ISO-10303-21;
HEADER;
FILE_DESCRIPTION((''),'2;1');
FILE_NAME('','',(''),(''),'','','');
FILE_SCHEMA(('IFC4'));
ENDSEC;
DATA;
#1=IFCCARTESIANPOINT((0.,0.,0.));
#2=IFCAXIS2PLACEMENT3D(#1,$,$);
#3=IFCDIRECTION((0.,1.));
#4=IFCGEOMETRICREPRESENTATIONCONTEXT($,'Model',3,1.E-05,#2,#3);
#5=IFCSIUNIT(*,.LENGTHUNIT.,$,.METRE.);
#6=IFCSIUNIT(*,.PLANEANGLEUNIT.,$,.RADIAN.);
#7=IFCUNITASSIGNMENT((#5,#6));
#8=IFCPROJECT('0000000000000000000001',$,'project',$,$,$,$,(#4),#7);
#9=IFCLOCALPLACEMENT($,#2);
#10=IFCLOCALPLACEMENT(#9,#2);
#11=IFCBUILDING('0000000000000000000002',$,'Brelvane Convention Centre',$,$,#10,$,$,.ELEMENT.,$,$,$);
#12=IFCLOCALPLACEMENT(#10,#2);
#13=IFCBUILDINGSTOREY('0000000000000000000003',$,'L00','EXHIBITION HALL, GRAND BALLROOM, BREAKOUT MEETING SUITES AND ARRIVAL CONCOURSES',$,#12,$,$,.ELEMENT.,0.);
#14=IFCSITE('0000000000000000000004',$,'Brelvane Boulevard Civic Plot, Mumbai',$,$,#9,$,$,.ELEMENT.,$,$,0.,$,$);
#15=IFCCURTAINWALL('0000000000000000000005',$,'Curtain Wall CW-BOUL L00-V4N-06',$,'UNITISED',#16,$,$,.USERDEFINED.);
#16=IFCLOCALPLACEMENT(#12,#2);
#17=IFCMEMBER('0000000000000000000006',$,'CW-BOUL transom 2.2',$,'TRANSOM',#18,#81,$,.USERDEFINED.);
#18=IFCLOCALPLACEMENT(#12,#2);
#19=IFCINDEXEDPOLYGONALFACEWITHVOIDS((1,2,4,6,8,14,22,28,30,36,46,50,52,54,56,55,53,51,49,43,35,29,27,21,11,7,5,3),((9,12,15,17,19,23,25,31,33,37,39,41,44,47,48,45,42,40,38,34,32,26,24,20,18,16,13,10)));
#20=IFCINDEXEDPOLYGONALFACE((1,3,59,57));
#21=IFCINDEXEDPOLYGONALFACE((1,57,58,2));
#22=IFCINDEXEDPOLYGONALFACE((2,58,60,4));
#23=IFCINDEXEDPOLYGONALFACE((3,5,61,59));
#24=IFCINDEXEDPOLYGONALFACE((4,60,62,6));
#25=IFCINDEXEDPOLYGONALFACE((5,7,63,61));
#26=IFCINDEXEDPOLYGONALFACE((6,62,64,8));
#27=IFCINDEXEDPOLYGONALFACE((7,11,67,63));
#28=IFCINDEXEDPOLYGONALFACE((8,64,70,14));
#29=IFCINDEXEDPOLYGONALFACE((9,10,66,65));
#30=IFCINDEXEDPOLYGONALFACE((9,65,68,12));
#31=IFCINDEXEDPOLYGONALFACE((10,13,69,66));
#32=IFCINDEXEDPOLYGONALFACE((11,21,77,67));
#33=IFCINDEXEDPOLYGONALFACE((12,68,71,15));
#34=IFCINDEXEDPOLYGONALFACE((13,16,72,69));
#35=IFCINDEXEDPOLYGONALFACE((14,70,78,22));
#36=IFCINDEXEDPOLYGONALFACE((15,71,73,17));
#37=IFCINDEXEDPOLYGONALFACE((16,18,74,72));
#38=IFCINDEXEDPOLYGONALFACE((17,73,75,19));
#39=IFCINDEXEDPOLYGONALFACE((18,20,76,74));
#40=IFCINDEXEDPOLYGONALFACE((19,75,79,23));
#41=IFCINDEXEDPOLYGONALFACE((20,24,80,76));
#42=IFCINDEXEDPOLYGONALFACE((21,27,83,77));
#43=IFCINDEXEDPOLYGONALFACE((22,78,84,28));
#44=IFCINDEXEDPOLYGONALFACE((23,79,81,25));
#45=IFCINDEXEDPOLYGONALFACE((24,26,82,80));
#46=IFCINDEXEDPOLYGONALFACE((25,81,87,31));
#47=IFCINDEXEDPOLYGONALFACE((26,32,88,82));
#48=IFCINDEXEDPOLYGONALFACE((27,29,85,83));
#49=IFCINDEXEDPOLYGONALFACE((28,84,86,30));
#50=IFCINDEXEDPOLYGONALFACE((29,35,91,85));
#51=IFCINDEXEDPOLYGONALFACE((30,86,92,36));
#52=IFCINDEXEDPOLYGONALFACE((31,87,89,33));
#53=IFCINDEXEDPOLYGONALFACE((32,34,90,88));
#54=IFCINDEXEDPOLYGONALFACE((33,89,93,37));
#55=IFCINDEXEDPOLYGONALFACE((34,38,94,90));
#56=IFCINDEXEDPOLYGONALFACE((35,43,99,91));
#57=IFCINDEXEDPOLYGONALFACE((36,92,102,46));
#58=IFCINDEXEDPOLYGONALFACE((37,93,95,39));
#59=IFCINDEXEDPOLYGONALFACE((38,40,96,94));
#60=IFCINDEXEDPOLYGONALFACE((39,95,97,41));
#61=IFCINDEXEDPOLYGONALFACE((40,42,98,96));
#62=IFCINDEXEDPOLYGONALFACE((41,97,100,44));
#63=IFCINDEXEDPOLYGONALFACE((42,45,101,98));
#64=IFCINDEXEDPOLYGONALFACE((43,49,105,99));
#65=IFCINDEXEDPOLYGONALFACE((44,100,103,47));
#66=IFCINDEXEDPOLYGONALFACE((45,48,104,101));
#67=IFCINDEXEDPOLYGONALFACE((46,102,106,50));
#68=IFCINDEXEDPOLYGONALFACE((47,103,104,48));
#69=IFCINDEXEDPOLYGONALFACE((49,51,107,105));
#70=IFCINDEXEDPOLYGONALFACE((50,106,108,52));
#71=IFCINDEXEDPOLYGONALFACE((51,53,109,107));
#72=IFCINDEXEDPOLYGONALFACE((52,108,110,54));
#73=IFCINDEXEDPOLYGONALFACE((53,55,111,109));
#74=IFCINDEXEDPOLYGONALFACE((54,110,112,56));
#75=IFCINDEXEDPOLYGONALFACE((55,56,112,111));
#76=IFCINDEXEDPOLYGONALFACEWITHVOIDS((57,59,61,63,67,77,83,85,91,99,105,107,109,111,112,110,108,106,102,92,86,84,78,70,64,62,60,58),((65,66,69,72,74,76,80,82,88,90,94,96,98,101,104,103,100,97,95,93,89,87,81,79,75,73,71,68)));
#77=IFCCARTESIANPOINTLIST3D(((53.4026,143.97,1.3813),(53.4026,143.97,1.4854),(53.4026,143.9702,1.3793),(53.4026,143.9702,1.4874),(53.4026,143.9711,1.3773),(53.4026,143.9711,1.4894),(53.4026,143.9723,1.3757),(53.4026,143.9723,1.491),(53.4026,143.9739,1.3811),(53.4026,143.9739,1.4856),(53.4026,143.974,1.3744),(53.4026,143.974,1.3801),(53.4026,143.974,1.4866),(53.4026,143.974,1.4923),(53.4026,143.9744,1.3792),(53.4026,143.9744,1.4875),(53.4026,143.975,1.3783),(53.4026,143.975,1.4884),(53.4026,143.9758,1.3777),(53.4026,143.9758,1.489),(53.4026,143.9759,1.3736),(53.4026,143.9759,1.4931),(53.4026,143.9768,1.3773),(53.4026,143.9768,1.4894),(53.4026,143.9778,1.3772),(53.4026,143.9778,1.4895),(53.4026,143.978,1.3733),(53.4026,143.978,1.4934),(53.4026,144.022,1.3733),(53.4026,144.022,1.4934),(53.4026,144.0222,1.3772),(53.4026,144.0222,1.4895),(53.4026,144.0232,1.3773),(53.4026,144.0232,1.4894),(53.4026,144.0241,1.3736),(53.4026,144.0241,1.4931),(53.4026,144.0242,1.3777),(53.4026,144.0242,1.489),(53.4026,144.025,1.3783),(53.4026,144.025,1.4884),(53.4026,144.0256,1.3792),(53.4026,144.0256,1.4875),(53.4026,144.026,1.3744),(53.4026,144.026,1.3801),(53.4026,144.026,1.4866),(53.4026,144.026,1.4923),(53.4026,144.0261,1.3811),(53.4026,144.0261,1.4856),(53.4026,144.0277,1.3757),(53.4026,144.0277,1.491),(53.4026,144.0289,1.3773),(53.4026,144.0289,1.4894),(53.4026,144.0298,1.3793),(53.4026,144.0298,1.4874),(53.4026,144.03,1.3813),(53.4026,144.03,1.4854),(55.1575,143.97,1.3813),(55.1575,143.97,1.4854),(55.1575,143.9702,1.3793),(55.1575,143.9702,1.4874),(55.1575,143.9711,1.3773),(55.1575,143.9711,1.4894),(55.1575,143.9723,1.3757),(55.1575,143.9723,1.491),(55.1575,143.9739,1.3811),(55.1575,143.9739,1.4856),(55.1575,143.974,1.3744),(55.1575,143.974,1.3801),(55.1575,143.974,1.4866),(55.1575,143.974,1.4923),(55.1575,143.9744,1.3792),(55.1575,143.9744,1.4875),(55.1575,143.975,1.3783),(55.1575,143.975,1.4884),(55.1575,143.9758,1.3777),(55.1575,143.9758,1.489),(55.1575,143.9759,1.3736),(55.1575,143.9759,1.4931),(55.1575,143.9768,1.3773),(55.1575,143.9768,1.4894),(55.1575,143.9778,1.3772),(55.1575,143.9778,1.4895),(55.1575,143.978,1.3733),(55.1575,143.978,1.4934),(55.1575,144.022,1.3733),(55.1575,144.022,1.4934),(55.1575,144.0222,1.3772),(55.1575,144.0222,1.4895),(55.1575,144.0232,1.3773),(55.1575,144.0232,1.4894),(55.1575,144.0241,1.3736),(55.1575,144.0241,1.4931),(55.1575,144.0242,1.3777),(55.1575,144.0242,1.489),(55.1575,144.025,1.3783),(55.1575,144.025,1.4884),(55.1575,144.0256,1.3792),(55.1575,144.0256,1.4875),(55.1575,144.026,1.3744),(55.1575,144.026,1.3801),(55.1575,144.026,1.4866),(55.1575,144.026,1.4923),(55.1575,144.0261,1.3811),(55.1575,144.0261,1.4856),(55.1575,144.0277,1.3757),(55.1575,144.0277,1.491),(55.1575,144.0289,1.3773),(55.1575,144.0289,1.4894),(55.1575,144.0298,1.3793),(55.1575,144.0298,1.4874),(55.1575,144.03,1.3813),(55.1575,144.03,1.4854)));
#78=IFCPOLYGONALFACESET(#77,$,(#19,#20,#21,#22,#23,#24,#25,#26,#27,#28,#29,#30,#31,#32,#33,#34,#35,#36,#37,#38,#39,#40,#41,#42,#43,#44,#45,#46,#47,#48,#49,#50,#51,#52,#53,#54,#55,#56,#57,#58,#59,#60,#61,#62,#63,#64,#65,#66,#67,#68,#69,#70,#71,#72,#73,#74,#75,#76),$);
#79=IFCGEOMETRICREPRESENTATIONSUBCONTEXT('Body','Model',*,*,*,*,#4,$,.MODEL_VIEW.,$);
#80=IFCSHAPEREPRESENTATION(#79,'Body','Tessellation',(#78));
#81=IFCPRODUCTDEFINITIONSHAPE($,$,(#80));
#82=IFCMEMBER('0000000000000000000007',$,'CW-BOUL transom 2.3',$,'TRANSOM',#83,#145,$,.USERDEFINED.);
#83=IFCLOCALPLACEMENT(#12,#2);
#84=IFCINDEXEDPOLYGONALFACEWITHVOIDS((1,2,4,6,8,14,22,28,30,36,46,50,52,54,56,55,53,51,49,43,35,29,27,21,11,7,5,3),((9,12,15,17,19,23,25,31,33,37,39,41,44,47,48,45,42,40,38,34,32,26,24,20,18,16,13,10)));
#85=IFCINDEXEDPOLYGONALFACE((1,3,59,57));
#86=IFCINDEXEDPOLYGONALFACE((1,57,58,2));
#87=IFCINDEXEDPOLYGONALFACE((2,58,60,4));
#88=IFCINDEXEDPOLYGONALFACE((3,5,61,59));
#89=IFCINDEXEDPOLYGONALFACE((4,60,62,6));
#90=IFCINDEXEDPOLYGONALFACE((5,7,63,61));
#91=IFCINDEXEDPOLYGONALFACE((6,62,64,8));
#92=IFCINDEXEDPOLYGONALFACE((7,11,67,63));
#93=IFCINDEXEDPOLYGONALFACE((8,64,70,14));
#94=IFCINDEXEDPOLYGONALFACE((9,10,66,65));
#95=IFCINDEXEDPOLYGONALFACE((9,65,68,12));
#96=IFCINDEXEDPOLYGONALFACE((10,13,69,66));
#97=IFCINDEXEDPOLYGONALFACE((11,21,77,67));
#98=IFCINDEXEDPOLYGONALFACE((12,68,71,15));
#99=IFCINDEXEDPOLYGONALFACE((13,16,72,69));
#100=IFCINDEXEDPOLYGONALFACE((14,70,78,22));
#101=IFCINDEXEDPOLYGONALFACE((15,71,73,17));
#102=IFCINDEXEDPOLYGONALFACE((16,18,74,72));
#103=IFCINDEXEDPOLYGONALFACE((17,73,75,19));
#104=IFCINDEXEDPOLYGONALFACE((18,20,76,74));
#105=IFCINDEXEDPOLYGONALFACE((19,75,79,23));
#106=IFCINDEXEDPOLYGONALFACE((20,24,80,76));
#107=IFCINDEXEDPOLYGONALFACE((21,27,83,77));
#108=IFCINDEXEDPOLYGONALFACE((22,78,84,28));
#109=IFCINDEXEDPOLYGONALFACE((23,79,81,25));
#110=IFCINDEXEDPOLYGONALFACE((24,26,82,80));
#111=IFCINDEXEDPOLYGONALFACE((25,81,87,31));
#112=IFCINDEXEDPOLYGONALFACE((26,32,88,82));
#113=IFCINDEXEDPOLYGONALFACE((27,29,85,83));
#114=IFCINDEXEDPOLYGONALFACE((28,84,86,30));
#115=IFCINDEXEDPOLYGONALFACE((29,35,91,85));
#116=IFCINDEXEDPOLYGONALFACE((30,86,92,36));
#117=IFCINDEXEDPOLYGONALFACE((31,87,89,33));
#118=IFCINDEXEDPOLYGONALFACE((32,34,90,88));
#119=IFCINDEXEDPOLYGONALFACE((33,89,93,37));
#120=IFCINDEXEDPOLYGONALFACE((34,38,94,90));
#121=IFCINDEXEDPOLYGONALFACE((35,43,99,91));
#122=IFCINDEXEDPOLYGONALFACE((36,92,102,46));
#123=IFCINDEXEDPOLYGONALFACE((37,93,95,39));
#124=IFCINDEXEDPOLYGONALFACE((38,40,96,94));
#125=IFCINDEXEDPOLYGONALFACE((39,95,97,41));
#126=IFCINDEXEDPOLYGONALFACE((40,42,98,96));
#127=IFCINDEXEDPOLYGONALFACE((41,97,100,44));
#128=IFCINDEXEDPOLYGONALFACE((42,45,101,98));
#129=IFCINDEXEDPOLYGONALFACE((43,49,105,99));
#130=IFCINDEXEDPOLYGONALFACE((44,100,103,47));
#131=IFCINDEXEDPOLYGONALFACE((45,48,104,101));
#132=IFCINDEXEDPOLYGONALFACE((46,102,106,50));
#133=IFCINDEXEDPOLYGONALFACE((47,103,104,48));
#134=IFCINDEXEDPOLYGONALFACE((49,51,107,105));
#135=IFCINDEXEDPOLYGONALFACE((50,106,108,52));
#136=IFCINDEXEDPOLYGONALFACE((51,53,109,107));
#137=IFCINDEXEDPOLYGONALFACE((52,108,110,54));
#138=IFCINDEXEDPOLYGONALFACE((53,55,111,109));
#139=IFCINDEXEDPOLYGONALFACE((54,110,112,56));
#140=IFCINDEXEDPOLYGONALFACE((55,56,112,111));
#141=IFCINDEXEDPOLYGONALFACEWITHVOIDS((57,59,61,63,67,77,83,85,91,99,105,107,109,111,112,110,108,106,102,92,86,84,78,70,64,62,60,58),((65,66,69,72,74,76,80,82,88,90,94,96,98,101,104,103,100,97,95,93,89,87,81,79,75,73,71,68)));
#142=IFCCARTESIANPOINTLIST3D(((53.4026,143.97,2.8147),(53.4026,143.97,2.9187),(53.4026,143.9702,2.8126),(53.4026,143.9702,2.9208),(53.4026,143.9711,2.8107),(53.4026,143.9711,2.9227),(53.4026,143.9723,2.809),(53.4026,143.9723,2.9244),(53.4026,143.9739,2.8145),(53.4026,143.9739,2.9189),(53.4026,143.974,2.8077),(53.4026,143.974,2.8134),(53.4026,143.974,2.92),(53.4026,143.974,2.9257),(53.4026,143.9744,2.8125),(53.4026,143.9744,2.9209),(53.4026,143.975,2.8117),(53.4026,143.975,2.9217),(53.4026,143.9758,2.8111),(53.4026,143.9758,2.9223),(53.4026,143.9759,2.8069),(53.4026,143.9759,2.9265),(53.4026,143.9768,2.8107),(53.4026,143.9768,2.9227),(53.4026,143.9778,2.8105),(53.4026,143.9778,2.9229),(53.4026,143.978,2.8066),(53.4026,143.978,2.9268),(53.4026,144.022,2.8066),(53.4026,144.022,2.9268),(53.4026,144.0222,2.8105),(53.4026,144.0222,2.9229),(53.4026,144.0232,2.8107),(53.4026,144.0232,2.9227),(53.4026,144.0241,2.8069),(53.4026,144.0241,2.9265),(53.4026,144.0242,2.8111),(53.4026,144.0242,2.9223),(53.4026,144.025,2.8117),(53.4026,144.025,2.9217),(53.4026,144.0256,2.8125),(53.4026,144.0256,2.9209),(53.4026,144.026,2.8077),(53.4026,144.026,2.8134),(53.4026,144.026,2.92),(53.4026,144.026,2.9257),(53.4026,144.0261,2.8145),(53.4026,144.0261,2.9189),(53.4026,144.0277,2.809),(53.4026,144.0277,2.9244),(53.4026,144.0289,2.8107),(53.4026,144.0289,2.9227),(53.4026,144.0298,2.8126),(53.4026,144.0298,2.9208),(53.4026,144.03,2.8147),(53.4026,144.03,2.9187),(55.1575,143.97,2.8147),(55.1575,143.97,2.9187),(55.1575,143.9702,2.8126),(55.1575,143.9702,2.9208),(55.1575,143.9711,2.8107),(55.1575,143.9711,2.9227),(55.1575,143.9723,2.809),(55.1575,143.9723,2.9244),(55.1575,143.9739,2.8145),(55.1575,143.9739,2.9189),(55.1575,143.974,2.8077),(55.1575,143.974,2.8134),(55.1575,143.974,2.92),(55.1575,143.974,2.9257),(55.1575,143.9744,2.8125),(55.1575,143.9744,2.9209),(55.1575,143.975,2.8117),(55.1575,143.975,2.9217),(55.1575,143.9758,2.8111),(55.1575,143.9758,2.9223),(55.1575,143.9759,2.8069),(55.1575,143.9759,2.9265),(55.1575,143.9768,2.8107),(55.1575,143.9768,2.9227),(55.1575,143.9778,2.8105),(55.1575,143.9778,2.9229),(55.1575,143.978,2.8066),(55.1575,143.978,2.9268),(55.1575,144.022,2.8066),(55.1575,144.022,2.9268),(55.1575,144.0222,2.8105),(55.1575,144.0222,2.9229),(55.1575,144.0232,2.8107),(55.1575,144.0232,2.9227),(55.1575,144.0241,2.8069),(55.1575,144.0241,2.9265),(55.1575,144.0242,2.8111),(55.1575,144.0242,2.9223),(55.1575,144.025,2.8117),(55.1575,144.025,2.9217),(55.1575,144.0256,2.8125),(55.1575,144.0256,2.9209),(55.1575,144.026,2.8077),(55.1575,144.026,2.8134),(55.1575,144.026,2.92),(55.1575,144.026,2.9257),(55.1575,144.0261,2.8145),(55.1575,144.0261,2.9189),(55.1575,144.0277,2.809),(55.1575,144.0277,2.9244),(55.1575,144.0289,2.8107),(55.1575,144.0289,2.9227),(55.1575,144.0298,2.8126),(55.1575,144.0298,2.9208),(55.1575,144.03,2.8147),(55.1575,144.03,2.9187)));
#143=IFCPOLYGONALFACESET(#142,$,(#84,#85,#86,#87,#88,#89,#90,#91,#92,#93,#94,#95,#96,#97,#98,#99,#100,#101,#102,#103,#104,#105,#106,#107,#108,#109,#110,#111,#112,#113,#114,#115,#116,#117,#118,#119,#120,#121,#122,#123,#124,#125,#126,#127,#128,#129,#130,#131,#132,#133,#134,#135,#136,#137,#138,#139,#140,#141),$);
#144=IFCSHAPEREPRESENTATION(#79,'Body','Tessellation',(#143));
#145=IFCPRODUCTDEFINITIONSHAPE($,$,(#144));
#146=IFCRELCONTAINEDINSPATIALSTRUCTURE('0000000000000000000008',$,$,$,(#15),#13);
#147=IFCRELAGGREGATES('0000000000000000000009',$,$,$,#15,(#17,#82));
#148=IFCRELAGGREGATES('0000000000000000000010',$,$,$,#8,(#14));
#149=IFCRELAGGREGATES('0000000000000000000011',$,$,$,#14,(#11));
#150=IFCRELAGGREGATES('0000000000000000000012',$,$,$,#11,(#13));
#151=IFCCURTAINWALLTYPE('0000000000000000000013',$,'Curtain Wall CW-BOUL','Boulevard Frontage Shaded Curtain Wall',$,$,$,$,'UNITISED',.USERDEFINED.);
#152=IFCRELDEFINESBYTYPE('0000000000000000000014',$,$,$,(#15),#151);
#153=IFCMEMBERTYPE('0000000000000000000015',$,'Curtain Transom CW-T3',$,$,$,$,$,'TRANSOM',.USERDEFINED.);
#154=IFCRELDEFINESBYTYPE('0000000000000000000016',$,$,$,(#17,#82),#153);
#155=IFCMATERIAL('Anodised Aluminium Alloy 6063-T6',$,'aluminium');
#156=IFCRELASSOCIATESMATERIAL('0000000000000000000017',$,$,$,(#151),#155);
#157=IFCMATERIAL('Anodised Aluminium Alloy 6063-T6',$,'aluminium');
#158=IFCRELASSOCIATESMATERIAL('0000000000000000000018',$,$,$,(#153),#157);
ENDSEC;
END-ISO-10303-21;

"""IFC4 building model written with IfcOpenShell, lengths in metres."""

from ifc_helpers import new_model, si_unit, direction, frame, origin, origin_2d, place, context, subcontext, project, spatial, hollow_rectangle, extrude, material, material_profile, profile_set, type_object, element, aggregate, save


model = new_model("IFC4")

# Units and contexts
model_context = context("Model", 3, precision=1e-05, world=origin(), true_north=direction((0.0, 1.0)))
body_context = subcontext(model_context, "Body", "Model", "MODEL_VIEW")
ifc_project = project(units=[si_unit("LENGTHUNIT", "METRE"), si_unit("PLANEANGLEUNIT", "RADIAN")], contexts=[model_context])

# Site, building, storey
site_placement = place(None, origin())
site = spatial("IfcSite", under=ifc_project, at=site_placement, Name="Brelvane Boulevard Civic Plot, Mumbai", CompositionType="ELEMENT", RefElevation=0.0)
building_placement = place(site_placement, origin())
building = spatial("IfcBuilding", under=site, at=building_placement, Name="Brelvane Convention Centre", CompositionType="ELEMENT")
storey_placement = place(building_placement, origin())
storey = spatial("IfcBuildingStorey", under=building, at=storey_placement, Name="L00", Description="EXHIBITION HALL, GRAND BALLROOM, BREAKOUT MEETING SUITES AND ARRIVAL CONCOURSES", CompositionType="ELEMENT", Elevation=0.0)

# Curtain wall, members
ifc_material_1 = material(Name="Anodised Aluminium Alloy 6063-T6", Category="aluminium")
curtain_wall_type = type_object("IfcCurtainWallType", Name="Curtain Wall CW-BOUL", Description="Boulevard Frontage Shaded Curtain Wall", ElementType="UNITISED", PredefinedType="USERDEFINED", material=ifc_material_1)
curtain_wall_placement = place(storey_placement, origin())
curtain_wall = element("IfcCurtainWall", 1, at=curtain_wall_placement, inside=storey, type_object=curtain_wall_type, Name="Curtain Wall CW-BOUL L00-V4N-06", ObjectType="UNITISED", PredefinedType="USERDEFINED")
ifc_material_2 = material(Name="Anodised Aluminium Alloy 6063-T6", Category="aluminium")
ifc_material_profile_1 = material_profile(ifc_material_2, hollow_rectangle(XDim=0.0601, YDim=0.1201, WallThickness=0.0039, InnerFilletRadius=0.0039, OuterFilletRadius=0.0081, at=origin_2d()), Name="ALU-T 120x60x4.0")
ifc_profile_set_1 = profile_set([ifc_material_profile_1], Name="Anodised Aluminium Alloy 6063-T6")
member_type_1 = type_object("IfcMemberType", Name="Curtain Transom CW-T3", ElementType="TRANSOM", PredefinedType="USERDEFINED", material=ifc_profile_set_1)
member_1_placement = place(storey_placement, frame((53.4026, 144.0, 1.4333), z_axis=(1.0, 0.0, 0.0), x_axis=(0.0, 1.0, 0.0)))
member_1 = element("IfcMember", 2, at=member_1_placement, type_object=member_type_1, Name="CW-BOUL transom 2.2", ObjectType="TRANSOM", PredefinedType="USERDEFINED", context=body_context, shape_type="SweptSolid", body=[
    extrude(hollow_rectangle(XDim=0.0601, YDim=0.1201, WallThickness=0.0039, InnerFilletRadius=0.0039, OuterFilletRadius=0.0081, at=origin_2d()), origin(), (0.0, 0.0, 1.0), 1.7549),
])
member_2_placement = place(storey_placement, frame((53.4026, 144.0, 2.8667), z_axis=(1.0, 0.0, 0.0), x_axis=(0.0, 1.0, 0.0)))
member_2 = element("IfcMember", 3, at=member_2_placement, type_object=member_type_1, Name="CW-BOUL transom 2.3", ObjectType="TRANSOM", PredefinedType="USERDEFINED", context=body_context, shape_type="SweptSolid", body=[
    extrude(hollow_rectangle(XDim=0.0601, YDim=0.1201, WallThickness=0.0039, InnerFilletRadius=0.0039, OuterFilletRadius=0.0081, at=origin_2d()), origin(), (0.0, 0.0, 1.0), 1.7549),
])
aggregate(curtain_wall, [member_1, member_2])

save(model, "model.ifc")
